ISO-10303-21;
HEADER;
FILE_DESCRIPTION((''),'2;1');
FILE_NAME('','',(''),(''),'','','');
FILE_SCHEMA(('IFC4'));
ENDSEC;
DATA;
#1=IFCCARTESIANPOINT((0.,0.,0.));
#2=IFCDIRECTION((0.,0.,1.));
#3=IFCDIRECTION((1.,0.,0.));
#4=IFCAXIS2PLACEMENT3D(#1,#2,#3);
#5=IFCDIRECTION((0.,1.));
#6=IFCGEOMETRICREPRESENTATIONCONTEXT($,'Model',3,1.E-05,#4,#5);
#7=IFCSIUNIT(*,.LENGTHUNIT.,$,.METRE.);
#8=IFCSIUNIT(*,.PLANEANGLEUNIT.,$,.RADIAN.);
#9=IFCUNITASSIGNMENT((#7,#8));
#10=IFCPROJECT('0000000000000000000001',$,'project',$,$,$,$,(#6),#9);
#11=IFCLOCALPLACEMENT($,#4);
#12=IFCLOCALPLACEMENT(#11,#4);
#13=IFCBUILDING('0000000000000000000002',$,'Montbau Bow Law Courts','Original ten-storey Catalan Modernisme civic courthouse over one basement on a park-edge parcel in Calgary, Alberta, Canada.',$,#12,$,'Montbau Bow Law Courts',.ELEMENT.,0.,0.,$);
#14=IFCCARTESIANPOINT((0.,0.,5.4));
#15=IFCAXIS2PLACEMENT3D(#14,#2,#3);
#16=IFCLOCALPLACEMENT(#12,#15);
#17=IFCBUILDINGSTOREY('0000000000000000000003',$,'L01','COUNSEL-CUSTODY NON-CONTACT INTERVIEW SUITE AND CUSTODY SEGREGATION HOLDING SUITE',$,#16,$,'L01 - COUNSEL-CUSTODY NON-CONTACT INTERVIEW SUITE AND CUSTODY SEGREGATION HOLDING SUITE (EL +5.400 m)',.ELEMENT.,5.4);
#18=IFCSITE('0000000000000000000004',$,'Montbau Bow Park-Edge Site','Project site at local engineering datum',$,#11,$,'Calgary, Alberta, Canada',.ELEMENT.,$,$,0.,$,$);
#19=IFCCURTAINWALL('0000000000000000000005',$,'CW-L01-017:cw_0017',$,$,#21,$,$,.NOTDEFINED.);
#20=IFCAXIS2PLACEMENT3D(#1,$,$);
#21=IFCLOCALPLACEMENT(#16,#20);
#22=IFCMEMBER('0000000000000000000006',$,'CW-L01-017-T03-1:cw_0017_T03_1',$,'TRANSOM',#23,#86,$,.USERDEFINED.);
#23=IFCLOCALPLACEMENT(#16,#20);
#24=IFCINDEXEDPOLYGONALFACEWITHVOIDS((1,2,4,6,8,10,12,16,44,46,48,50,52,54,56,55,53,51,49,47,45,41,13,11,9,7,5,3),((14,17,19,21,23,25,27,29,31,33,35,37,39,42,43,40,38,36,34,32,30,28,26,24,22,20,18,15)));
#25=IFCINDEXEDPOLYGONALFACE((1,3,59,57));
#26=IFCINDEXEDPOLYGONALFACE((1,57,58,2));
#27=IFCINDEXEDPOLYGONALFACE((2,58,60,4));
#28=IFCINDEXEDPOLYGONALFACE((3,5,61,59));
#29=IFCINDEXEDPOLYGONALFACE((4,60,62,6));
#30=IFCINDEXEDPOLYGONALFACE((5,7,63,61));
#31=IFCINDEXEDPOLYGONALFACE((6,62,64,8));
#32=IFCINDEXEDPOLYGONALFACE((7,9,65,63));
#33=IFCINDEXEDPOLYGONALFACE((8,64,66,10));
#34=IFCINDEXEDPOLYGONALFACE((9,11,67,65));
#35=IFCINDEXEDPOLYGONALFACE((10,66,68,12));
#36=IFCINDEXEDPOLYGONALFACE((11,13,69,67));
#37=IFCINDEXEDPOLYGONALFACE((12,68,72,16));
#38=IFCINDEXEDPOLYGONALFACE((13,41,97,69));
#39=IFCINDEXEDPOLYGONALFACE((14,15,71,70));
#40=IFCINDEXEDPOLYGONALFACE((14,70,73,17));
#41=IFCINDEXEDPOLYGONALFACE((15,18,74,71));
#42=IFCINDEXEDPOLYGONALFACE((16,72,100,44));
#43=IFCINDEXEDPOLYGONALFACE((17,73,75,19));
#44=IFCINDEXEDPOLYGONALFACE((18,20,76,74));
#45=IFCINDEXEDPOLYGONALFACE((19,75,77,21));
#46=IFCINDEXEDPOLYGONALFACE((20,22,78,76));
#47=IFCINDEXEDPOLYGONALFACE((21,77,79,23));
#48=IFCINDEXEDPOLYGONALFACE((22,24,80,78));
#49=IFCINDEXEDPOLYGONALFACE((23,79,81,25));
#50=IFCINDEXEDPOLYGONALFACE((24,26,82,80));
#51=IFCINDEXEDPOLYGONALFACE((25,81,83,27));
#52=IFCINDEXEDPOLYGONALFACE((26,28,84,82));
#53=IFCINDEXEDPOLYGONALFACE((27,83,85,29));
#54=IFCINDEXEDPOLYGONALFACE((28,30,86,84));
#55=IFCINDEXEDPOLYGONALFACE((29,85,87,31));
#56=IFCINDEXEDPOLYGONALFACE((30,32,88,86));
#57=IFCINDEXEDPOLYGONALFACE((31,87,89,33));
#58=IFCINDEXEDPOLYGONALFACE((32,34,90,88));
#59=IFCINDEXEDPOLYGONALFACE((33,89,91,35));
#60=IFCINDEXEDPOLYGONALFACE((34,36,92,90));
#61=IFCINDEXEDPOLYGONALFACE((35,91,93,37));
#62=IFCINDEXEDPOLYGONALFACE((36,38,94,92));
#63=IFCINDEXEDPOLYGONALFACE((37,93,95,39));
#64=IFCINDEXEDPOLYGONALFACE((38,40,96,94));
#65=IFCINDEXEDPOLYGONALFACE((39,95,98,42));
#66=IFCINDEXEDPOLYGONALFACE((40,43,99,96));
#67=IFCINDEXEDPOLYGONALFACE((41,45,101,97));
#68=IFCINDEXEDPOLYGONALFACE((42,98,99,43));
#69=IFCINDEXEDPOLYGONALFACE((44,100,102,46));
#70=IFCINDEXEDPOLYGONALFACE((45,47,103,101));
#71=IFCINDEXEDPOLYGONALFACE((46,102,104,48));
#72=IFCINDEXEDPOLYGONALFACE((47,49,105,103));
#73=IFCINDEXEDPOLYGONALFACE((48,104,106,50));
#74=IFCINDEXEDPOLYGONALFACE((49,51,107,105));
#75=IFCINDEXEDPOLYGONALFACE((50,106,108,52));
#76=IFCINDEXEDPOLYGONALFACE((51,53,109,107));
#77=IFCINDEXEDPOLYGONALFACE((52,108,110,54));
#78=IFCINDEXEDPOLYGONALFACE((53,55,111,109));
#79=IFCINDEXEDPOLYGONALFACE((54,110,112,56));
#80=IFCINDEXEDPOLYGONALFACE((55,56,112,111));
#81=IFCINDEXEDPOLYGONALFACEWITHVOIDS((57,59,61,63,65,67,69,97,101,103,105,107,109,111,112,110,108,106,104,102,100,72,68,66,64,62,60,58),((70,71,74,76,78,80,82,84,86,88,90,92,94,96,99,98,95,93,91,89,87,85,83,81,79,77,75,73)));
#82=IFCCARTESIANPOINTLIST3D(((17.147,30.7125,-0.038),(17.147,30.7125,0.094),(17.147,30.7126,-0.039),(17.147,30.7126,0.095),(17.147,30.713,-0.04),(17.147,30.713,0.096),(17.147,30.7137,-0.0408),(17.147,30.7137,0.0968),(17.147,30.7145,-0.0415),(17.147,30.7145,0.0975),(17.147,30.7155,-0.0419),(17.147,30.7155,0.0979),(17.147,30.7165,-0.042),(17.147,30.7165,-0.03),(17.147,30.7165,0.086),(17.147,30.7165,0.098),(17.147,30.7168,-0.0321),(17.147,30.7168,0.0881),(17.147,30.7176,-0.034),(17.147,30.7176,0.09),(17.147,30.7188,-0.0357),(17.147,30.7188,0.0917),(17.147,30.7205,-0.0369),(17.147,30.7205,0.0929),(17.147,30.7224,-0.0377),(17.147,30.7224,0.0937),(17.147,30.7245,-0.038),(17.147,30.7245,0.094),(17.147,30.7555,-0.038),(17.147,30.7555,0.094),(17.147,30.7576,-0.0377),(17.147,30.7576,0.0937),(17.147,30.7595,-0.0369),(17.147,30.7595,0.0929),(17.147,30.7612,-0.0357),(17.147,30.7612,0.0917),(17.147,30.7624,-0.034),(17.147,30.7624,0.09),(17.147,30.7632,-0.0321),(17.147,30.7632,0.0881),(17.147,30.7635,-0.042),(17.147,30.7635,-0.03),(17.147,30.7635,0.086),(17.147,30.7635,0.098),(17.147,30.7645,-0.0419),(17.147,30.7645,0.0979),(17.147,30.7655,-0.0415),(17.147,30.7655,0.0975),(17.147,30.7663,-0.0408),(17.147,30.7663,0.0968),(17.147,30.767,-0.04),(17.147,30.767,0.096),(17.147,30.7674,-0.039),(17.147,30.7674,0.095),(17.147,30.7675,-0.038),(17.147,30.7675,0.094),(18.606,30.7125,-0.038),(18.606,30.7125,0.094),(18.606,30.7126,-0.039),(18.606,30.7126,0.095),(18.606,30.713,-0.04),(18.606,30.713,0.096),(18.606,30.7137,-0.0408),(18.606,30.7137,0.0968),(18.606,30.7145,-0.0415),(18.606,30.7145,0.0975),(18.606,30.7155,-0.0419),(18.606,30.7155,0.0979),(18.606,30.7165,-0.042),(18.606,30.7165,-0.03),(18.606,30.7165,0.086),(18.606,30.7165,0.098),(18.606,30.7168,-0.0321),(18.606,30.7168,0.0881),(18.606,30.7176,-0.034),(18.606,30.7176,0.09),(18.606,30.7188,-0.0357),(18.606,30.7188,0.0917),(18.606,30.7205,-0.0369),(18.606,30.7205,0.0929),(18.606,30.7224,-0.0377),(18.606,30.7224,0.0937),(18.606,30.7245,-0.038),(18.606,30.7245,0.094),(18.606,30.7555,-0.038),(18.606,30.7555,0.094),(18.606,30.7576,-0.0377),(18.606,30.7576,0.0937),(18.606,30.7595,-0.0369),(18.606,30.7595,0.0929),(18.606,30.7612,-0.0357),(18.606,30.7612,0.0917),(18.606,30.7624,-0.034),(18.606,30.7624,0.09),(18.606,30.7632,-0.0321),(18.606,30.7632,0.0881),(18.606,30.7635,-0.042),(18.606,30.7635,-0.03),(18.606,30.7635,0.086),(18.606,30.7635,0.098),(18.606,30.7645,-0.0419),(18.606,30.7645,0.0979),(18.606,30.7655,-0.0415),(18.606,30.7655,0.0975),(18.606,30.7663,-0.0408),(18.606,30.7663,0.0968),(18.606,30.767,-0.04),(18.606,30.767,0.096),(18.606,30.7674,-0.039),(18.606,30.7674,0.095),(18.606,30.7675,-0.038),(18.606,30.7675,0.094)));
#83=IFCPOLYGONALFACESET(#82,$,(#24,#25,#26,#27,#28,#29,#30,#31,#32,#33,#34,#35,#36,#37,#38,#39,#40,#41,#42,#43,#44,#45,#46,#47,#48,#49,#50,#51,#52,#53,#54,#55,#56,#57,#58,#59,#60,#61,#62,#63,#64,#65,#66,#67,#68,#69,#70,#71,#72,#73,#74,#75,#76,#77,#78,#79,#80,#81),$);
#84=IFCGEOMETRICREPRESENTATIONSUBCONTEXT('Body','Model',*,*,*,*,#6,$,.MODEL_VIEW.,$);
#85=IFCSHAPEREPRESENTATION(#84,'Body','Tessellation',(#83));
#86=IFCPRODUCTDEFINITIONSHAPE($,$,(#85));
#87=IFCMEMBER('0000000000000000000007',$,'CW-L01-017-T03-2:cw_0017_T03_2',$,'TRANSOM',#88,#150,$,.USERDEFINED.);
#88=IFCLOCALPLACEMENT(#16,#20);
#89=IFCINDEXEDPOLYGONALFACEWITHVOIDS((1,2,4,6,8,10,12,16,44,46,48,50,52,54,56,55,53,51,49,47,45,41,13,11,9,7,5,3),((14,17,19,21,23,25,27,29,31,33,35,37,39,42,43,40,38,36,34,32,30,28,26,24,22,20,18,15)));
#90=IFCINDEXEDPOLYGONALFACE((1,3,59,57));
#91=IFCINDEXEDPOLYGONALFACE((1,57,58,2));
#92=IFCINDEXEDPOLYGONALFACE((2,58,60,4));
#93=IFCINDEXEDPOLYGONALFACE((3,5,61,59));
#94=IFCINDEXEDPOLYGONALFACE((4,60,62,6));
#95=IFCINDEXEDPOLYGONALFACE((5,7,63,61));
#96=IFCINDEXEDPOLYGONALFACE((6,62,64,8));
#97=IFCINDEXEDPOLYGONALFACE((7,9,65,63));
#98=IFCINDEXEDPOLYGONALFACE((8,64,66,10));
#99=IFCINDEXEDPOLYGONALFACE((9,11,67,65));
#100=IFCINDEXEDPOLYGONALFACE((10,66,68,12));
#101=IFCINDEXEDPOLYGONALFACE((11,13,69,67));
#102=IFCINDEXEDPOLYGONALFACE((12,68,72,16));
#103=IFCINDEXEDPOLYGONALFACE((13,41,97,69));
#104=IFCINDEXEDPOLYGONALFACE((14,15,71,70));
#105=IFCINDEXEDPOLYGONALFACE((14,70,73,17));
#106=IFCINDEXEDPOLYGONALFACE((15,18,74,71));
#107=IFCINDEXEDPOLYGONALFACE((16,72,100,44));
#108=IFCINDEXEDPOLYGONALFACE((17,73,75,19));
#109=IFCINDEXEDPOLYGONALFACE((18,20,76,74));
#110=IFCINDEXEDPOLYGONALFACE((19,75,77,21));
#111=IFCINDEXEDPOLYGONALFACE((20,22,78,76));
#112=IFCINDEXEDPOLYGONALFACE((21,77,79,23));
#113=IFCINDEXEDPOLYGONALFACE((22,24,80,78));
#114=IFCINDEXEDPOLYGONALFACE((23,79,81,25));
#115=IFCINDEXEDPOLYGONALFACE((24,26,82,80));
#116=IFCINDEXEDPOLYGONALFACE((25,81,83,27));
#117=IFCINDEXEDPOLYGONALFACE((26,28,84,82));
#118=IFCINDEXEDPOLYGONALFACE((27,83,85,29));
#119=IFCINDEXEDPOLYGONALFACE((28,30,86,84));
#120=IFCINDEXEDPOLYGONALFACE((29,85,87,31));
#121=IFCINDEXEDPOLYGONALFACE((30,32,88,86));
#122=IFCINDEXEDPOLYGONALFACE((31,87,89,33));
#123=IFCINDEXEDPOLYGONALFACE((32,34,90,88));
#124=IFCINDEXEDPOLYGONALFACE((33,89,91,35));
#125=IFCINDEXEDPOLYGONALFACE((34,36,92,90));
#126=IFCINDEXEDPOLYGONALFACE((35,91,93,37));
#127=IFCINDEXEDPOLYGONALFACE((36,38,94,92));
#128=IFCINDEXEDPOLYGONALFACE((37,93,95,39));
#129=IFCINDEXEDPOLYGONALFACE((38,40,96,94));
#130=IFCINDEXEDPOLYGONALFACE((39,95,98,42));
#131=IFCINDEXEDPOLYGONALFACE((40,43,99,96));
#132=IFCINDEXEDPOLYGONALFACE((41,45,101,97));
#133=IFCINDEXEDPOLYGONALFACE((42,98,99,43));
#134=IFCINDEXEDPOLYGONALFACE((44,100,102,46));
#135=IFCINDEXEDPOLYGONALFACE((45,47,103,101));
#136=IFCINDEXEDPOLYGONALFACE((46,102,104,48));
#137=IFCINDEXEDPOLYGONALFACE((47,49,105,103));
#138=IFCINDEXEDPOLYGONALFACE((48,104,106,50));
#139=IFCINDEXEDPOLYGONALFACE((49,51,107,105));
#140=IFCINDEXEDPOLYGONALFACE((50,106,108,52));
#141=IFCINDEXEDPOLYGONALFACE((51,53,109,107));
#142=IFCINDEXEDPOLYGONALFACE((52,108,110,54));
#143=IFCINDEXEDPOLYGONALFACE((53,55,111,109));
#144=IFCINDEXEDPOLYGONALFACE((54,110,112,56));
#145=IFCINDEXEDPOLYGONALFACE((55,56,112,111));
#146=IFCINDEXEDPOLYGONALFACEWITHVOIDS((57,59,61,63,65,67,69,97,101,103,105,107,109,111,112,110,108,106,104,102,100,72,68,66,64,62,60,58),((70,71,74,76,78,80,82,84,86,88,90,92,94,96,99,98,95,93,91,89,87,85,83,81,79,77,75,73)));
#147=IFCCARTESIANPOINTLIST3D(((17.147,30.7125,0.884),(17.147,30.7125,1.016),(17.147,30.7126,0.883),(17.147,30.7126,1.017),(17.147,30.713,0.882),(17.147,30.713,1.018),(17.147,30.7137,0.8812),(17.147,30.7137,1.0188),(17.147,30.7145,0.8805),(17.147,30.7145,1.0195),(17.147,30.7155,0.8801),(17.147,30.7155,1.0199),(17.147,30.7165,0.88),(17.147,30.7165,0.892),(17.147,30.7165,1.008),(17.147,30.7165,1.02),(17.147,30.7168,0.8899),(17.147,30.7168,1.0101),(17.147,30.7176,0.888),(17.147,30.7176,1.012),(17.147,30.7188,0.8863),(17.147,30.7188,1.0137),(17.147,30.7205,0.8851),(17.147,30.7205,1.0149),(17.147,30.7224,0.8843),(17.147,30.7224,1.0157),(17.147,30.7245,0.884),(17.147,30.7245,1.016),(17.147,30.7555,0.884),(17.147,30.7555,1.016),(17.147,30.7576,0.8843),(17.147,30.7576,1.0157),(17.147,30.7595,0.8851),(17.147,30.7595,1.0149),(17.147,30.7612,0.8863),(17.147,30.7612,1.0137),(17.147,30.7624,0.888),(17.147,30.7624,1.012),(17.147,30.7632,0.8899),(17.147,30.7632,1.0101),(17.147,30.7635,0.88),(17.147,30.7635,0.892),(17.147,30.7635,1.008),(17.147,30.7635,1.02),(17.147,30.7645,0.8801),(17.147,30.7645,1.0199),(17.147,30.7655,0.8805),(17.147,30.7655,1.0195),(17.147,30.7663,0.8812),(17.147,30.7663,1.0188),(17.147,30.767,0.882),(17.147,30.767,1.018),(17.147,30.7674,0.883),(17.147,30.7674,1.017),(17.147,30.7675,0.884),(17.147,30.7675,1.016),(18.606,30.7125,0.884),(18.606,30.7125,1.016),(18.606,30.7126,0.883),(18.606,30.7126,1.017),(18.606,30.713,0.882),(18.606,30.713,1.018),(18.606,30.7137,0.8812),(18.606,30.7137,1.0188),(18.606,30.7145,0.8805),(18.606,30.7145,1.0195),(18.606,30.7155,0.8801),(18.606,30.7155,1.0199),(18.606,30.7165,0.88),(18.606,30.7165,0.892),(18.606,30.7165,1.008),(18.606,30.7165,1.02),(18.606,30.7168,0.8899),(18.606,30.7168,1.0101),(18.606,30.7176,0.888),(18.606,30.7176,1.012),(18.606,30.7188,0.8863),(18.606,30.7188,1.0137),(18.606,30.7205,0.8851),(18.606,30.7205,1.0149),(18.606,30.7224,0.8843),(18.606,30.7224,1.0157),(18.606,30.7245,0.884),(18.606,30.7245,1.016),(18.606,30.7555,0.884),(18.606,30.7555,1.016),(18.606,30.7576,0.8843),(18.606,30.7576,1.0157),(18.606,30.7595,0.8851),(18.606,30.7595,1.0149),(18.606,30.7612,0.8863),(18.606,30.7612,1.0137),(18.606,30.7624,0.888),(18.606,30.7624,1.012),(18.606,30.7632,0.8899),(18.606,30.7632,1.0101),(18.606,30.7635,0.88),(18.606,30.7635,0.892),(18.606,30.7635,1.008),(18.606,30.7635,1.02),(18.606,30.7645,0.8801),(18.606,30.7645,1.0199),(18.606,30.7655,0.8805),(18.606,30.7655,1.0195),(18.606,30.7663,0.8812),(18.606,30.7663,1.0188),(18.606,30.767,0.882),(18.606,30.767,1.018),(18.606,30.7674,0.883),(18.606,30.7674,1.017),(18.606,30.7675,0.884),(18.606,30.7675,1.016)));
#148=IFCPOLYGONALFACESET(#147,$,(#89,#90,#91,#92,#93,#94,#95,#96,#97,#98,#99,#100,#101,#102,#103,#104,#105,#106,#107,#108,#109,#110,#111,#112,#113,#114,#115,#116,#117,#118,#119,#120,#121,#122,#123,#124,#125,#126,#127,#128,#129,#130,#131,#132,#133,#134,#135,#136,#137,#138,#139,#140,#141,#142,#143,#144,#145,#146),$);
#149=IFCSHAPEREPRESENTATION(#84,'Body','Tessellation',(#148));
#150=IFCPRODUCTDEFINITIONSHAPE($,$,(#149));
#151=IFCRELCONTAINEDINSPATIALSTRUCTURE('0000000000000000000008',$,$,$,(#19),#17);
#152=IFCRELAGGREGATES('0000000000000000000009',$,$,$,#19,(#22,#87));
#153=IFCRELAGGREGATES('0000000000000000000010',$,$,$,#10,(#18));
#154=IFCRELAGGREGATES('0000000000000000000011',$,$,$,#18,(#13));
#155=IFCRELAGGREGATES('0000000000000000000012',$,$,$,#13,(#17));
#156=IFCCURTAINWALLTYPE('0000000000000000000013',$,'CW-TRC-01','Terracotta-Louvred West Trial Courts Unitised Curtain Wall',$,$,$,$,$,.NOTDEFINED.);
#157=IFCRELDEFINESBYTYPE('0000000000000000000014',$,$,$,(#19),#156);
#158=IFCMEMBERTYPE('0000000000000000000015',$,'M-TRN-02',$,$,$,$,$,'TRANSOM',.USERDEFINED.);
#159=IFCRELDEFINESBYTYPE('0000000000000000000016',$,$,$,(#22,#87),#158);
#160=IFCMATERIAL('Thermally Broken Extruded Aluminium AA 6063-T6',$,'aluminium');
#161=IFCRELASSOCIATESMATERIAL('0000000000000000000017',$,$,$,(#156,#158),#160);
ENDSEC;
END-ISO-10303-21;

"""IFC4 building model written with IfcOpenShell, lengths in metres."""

from ifc_helpers import new_model, si_unit, direction, frame, origin_with_axes, origin_2d_with_axis, place, context, subcontext, project, spatial, hollow_rectangle, extrude, material, material_profile, profile_set, type_object, element, aggregate, save


model = new_model("IFC4")

# Units and contexts
model_context = context("Model", 3, precision=1e-05, world=origin_with_axes(), true_north=direction((0.0, 1.0)))
body_context = subcontext(model_context, "Body", "Model", "MODEL_VIEW")
ifc_project = project(units=[si_unit("LENGTHUNIT", "METRE"), si_unit("PLANEANGLEUNIT", "RADIAN")], contexts=[model_context])

# Site, building, storey
site_placement = place(None, origin_with_axes())
site = spatial("IfcSite", under=ifc_project, at=site_placement, Name="Montbau Bow Park-Edge Site", Description="Project site at local engineering datum", LongName="Calgary, Alberta, Canada", CompositionType="ELEMENT", RefElevation=0.0)
building_placement = place(site_placement, origin_with_axes())
building = spatial("IfcBuilding", under=site, at=building_placement, Name="Montbau Bow Law Courts", Description="Original ten-storey Catalan Modernisme civic courthouse over one basement on a park-edge parcel in Calgary, Alberta, Canada.", LongName="Montbau Bow Law Courts", CompositionType="ELEMENT", ElevationOfRefHeight=0.0, ElevationOfTerrain=0.0)
storey_placement = place(building_placement, frame((0.0, 0.0, 5.4), z_axis=(0.0, 0.0, 1.0), x_axis=(1.0, 0.0, 0.0)))
storey = spatial("IfcBuildingStorey", under=building, at=storey_placement, Name="L01", Description="COUNSEL-CUSTODY NON-CONTACT INTERVIEW SUITE AND CUSTODY SEGREGATION HOLDING SUITE", LongName="L01 - COUNSEL-CUSTODY NON-CONTACT INTERVIEW SUITE AND CUSTODY SEGREGATION HOLDING SUITE (EL +5.400 m)", CompositionType="ELEMENT", Elevation=5.4)

# Curtain wall, members
ifc_material_1 = material(Name="Thermally Broken Extruded Aluminium AA 6063-T6", Category="aluminium")
curtain_wall_type = type_object("IfcCurtainWallType", Name="CW-TRC-01", Description="Terracotta-Louvred West Trial Courts Unitised Curtain Wall", PredefinedType="NOTDEFINED", material=ifc_material_1)
curtain_wall_placement = place(None, frame((14.068, 30.74, 5.4), z_axis=(0.0, 0.0, 1.0), x_axis=(1.0, 0.0, 0.0)))
curtain_wall = element("IfcCurtainWall", 1, at=curtain_wall_placement, inside=storey, type_object=curtain_wall_type, Name="CW-L01-017:cw_0017", PredefinedType="NOTDEFINED")
ifc_material_profile_1 = material_profile(ifc_material_1, hollow_rectangle(XDim=0.055, YDim=0.14, WallThickness=0.004, InnerFilletRadius=0.008, OuterFilletRadius=0.004, at=origin_2d_with_axis()), Name="CWT-140X55", Category="Main", Priority=0)
ifc_profile_set_1 = profile_set([ifc_material_profile_1], Name="Thermally Broken Extruded Aluminium AA 6063-T6")
member_type_1 = type_object("IfcMemberType", Name="M-TRN-02", ElementType="TRANSOM", PredefinedType="USERDEFINED", material=ifc_profile_set_1)
member_1_placement = place(None, frame((17.147, 30.74, 5.428), z_axis=(1.0, 0.0, 0.0), x_axis=(0.0, 1.0, 0.0)))
member_1 = element("IfcMember", 2, at=member_1_placement, type_object=member_type_1, Name="CW-L01-017-T03-1:cw_0017_T03_1", ObjectType="TRANSOM", PredefinedType="USERDEFINED", context=body_context, shape_type="SweptSolid", body=[
    extrude(hollow_rectangle(XDim=0.055, YDim=0.14, WallThickness=0.004, InnerFilletRadius=0.008, OuterFilletRadius=0.004, at=origin_2d_with_axis()), origin_with_axes(), (0.0, 0.0, 1.0), 1.459),
])
member_2_placement = place(None, frame((17.147, 30.74, 6.35), z_axis=(1.0, 0.0, 0.0), x_axis=(0.0, 1.0, 0.0)))
member_2 = element("IfcMember", 3, at=member_2_placement, type_object=member_type_1, Name="CW-L01-017-T03-2:cw_0017_T03_2", ObjectType="TRANSOM", PredefinedType="USERDEFINED", context=body_context, shape_type="SweptSolid", body=[
    extrude(hollow_rectangle(XDim=0.055, YDim=0.14, WallThickness=0.004, InnerFilletRadius=0.008, OuterFilletRadius=0.004, at=origin_2d_with_axis()), origin_with_axes(), (0.0, 0.0, 1.0), 1.459),
])
aggregate(curtain_wall, [member_1, member_2])

save(model, "model.ifc")
